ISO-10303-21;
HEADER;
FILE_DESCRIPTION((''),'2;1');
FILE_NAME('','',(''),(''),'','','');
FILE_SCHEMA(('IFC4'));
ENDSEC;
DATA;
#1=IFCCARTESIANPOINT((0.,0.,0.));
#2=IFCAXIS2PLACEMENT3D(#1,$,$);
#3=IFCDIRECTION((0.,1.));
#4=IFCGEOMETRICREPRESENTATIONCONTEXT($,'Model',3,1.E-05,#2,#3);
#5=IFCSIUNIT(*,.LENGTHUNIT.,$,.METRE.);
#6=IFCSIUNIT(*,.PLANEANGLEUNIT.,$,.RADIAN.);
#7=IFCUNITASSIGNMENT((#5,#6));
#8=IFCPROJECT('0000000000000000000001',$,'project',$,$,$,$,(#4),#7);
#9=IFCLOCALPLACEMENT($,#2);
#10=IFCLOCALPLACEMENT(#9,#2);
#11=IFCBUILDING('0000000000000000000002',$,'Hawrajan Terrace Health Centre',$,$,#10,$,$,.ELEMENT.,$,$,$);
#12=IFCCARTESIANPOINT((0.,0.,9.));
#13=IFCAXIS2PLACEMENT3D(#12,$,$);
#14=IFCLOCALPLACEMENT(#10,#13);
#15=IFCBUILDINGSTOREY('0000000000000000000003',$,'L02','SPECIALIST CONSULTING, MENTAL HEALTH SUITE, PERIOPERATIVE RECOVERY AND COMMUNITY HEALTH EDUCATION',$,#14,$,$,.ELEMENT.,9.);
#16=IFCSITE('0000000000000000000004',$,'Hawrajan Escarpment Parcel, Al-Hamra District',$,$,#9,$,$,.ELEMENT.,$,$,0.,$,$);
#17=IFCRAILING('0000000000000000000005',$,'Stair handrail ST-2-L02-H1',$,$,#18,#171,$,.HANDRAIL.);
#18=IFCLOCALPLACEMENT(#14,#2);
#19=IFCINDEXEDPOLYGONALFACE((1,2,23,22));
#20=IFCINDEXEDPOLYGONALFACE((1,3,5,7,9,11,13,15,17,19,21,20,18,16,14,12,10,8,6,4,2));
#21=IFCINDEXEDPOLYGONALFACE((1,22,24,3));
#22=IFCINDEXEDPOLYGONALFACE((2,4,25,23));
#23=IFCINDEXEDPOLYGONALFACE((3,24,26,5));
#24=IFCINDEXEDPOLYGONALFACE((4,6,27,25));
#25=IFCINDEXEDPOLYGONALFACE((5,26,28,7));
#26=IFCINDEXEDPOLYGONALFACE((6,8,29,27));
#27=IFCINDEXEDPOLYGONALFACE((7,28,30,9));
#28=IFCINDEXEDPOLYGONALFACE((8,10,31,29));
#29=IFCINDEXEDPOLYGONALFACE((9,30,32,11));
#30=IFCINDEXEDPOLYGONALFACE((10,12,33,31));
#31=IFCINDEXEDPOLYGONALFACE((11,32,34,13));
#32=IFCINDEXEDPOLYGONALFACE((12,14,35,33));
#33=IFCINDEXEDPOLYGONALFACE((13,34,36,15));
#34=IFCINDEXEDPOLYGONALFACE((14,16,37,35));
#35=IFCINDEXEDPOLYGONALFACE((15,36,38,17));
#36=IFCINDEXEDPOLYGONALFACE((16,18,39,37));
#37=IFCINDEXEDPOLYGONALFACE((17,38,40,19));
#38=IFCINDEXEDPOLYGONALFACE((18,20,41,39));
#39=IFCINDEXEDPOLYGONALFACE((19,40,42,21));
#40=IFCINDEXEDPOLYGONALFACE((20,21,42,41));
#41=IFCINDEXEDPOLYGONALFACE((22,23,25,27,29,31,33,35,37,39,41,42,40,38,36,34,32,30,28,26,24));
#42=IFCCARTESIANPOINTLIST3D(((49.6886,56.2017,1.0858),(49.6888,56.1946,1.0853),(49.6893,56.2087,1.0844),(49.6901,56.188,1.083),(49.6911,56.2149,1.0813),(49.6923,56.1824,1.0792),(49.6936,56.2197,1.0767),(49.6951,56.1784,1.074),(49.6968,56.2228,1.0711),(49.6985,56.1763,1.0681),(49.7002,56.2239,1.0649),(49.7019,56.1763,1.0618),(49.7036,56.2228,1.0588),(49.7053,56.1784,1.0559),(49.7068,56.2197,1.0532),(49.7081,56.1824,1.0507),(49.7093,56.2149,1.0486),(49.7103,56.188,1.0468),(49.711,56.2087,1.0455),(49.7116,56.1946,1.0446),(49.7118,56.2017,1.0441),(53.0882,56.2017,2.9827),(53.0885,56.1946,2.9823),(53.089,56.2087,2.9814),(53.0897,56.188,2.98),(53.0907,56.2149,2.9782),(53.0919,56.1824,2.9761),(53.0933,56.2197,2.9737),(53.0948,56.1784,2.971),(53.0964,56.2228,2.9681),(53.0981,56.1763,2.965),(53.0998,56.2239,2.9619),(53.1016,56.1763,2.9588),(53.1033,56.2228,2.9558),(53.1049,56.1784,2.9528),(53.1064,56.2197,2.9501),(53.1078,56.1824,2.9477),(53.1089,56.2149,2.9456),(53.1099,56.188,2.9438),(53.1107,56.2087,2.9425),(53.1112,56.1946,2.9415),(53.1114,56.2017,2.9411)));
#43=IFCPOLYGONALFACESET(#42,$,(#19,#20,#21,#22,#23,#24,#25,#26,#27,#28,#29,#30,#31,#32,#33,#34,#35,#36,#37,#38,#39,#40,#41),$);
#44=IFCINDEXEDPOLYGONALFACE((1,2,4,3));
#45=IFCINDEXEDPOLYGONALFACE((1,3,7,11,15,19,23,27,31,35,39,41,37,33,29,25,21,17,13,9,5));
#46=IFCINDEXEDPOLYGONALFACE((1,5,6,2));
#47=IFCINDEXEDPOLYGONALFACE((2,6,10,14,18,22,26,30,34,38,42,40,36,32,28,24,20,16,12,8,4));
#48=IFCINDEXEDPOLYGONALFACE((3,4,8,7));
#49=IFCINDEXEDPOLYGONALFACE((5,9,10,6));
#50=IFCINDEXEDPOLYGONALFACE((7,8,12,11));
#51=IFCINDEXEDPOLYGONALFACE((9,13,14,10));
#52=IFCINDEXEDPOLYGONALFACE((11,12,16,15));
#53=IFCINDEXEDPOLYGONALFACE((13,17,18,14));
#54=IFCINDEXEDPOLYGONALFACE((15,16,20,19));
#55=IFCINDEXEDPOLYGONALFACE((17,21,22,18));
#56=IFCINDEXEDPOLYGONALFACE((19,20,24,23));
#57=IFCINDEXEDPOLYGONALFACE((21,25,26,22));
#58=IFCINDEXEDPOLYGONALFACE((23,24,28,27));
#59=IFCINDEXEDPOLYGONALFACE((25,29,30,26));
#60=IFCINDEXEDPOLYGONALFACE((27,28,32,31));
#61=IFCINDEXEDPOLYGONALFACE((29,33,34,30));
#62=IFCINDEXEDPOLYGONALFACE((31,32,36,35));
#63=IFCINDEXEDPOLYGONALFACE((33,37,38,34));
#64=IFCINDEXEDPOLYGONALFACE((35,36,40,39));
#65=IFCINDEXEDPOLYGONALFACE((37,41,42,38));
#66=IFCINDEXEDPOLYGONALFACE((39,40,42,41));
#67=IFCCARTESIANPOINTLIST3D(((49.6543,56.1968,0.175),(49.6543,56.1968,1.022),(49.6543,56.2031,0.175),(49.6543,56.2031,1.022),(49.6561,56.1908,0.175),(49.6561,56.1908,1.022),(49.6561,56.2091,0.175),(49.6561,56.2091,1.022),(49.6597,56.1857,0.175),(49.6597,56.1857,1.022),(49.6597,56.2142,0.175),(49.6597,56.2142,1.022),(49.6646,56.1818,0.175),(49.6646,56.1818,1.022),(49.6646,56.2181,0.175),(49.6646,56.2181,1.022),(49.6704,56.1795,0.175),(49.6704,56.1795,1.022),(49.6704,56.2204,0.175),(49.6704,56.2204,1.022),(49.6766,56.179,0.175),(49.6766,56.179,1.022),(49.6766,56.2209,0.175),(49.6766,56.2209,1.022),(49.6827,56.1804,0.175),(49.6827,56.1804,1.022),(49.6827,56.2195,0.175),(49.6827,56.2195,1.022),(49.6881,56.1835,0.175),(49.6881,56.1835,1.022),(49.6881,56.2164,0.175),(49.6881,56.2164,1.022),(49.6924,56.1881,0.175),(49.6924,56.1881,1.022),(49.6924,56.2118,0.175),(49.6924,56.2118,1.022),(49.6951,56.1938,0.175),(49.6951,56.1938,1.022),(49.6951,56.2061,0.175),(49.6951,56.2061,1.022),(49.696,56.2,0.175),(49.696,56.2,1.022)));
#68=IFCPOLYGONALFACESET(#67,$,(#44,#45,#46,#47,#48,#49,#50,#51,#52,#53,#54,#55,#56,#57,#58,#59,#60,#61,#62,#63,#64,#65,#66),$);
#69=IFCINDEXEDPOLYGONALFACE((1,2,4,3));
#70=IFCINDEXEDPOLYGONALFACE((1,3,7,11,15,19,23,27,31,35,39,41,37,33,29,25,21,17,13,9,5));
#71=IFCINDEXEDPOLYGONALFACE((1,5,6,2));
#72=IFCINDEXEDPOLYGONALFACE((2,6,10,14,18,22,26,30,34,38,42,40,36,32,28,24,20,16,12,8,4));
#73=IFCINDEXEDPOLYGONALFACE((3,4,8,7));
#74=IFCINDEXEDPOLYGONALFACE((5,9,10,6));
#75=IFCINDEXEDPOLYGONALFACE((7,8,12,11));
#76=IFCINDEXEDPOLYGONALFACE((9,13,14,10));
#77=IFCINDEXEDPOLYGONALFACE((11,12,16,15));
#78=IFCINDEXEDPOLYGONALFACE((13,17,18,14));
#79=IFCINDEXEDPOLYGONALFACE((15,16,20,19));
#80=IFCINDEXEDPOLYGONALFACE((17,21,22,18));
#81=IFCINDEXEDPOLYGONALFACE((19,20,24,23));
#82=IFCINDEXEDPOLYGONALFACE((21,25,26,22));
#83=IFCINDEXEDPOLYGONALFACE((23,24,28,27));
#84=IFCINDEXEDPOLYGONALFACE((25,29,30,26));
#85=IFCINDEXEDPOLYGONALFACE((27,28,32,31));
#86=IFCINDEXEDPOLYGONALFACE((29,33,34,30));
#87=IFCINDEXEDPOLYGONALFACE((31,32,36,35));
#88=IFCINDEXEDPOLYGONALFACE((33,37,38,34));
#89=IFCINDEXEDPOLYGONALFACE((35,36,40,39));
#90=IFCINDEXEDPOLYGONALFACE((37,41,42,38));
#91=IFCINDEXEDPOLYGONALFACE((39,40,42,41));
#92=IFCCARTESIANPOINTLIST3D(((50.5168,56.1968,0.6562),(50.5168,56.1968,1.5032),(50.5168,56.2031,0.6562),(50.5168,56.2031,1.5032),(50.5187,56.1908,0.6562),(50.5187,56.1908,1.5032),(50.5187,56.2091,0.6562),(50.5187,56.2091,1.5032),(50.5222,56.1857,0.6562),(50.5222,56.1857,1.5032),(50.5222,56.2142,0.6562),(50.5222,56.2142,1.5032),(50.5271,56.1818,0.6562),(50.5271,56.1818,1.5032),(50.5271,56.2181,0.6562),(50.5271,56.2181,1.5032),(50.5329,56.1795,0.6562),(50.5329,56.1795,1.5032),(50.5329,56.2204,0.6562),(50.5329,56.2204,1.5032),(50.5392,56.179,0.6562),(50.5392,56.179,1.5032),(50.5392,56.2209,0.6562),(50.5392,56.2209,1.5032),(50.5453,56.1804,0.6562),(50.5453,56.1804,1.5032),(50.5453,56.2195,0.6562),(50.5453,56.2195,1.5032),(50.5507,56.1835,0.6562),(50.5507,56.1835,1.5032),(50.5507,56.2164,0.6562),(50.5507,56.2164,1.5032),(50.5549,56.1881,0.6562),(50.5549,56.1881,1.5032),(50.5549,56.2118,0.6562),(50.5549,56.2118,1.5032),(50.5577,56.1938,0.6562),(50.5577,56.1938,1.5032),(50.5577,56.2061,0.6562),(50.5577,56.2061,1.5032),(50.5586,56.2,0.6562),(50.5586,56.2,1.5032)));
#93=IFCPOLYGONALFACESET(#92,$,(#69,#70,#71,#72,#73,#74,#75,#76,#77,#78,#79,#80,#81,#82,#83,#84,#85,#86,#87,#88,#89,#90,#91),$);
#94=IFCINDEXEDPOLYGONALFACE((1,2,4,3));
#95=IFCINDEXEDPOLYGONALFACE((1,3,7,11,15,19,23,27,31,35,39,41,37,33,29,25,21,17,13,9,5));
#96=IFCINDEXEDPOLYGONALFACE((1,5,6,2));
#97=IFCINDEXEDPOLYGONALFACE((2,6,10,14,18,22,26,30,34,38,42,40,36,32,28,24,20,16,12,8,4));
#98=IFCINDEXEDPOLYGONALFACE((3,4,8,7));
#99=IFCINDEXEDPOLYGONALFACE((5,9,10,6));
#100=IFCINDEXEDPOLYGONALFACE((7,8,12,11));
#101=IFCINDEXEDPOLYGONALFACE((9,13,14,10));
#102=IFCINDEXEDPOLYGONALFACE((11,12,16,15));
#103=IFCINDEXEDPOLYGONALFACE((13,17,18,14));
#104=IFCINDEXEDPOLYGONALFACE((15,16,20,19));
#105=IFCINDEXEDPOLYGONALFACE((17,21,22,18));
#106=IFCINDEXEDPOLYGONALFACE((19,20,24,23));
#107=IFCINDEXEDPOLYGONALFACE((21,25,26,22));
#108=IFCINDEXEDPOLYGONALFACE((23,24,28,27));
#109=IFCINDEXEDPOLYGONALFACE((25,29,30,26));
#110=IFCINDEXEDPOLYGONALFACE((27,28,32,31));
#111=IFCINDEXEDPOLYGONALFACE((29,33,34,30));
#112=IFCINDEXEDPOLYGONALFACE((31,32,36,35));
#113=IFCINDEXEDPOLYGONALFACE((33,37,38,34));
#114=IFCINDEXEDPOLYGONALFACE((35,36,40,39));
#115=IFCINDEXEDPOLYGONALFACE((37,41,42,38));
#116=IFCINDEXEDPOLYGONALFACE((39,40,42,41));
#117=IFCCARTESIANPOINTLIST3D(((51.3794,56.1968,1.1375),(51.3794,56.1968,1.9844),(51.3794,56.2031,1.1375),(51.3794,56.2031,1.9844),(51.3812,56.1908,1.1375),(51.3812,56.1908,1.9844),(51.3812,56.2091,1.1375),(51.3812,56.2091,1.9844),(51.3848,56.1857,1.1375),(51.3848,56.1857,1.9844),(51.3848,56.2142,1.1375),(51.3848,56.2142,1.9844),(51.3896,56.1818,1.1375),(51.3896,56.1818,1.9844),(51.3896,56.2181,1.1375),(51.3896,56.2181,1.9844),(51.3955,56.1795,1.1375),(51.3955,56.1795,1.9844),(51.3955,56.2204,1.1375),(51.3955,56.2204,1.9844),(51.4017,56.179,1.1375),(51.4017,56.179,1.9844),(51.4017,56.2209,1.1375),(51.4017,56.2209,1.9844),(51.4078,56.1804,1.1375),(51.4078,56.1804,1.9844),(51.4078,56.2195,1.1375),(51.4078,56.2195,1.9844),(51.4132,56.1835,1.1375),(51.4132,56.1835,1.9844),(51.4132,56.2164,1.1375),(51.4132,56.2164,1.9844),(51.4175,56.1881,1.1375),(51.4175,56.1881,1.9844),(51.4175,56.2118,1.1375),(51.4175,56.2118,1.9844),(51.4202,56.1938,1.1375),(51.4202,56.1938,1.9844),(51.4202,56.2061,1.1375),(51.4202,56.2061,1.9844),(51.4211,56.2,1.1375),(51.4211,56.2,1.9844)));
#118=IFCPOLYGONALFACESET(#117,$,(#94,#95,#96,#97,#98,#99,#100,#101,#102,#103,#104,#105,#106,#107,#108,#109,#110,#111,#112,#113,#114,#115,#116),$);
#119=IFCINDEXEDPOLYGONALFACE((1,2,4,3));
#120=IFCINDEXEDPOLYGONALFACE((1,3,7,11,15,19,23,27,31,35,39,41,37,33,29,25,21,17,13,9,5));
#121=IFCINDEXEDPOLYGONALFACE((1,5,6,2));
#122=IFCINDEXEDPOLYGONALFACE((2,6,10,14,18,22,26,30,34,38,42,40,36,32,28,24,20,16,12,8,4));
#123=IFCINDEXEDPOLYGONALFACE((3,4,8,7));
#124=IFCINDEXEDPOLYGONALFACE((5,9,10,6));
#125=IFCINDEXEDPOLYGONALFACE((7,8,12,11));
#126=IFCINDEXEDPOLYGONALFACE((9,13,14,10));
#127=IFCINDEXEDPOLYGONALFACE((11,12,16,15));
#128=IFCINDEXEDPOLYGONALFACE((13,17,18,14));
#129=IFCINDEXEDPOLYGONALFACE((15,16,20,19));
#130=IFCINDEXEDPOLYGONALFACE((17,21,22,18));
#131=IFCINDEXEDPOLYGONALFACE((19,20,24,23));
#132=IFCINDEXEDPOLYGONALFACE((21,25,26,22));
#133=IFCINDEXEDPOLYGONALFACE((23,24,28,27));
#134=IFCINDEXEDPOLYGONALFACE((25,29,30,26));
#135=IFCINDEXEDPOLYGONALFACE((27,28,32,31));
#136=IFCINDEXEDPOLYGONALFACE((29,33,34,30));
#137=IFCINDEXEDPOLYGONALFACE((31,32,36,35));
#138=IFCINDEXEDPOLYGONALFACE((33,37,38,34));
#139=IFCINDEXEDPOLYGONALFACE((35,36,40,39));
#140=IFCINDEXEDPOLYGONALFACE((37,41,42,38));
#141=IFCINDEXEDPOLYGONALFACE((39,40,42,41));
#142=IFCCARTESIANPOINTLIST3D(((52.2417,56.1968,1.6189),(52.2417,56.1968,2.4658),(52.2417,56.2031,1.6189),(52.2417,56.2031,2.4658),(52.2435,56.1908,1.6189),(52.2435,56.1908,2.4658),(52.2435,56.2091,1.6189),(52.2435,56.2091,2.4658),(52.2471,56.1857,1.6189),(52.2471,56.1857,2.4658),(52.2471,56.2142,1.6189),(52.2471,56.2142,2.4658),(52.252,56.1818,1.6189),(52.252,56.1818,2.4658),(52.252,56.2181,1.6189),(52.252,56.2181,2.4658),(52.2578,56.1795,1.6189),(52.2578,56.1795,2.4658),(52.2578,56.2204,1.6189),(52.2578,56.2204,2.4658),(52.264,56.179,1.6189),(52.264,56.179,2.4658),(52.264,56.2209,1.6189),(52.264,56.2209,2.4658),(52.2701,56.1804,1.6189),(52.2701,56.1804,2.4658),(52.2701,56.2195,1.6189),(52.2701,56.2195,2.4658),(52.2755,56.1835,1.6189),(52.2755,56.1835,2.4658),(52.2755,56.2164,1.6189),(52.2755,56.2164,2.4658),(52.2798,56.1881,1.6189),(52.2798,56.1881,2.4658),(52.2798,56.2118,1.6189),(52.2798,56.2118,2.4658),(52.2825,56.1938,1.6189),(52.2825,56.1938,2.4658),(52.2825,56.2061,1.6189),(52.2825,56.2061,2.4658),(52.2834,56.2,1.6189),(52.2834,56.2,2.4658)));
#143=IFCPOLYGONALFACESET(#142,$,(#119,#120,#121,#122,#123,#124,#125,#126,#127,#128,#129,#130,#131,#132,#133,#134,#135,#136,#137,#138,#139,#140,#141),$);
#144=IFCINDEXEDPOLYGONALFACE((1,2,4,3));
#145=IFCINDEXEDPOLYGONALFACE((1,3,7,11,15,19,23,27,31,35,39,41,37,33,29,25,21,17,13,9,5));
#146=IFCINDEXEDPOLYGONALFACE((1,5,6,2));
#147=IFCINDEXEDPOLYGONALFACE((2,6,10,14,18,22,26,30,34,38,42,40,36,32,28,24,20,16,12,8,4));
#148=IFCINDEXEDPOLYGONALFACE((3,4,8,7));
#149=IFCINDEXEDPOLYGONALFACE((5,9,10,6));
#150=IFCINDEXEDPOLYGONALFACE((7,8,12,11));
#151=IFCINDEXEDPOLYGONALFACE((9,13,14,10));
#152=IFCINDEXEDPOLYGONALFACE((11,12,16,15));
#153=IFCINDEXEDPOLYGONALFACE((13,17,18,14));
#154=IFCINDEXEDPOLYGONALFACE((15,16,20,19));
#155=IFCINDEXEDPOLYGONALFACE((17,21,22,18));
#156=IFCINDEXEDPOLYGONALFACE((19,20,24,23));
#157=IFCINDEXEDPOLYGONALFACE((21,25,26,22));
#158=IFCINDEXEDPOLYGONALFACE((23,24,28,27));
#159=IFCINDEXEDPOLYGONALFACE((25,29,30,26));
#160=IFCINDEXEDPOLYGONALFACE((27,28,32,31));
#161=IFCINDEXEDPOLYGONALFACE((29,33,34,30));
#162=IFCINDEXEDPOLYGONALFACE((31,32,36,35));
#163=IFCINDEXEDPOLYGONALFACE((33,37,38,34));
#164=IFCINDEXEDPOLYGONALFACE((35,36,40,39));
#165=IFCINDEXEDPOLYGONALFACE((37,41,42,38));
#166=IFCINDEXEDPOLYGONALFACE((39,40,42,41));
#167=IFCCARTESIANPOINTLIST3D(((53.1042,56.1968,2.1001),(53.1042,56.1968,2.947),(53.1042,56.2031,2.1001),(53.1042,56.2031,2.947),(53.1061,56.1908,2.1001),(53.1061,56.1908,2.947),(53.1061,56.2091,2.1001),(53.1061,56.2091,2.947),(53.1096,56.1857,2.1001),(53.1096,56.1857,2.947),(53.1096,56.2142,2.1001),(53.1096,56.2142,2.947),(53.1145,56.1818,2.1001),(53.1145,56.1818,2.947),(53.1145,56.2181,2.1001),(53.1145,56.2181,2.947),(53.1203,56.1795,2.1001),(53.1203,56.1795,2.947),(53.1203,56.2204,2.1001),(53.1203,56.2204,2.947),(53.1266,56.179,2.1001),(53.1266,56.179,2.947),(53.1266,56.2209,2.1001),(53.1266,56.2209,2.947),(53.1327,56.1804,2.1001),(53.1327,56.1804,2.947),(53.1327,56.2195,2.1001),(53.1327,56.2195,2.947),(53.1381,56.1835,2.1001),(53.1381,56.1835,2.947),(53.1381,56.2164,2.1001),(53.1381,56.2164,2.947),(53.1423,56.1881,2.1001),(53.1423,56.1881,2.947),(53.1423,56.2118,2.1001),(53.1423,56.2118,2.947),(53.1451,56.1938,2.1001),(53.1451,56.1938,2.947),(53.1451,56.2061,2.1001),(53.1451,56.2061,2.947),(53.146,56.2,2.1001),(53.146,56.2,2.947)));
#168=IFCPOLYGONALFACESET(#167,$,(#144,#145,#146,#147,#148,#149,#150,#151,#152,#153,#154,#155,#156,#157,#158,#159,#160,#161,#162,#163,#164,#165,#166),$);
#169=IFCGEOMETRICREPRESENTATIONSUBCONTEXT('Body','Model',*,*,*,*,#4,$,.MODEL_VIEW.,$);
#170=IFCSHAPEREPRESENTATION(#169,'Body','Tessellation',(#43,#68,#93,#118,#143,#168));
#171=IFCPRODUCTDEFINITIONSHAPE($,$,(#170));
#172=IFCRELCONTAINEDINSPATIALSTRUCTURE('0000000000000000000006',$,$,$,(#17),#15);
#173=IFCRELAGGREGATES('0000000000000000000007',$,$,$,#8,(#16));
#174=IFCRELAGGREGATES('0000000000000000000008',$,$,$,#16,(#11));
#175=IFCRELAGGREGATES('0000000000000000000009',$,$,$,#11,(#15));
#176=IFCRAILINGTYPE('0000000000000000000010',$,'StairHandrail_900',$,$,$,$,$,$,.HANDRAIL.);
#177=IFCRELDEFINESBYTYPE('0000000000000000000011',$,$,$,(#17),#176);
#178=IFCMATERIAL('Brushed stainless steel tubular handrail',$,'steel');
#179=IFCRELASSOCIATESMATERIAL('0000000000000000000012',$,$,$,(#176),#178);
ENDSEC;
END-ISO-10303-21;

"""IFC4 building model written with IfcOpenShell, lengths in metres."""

from ifc_helpers import new_model, si_unit, direction, frame, origin, origin_2d, place, context, subcontext, project, spatial, circle, extrude, material, type_object, element, save


model = new_model("IFC4")

# Units and contexts
model_context = context("Model", 3, precision=1e-05, world=origin(), true_north=direction((0.0, 1.0)))
body_context = subcontext(model_context, "Body", "Model", "MODEL_VIEW")
ifc_project = project(units=[si_unit("LENGTHUNIT", "METRE"), si_unit("PLANEANGLEUNIT", "RADIAN")], contexts=[model_context])

# Site, building, storey
site_placement = place(None, origin())
site = spatial("IfcSite", under=ifc_project, at=site_placement, Name="Hawrajan Escarpment Parcel, Al-Hamra District", CompositionType="ELEMENT", RefElevation=0.0)
building_placement = place(site_placement, origin())
building = spatial("IfcBuilding", under=site, at=building_placement, Name="Hawrajan Terrace Health Centre", CompositionType="ELEMENT")
storey_placement = place(building_placement, frame((0.0, 0.0, 9.0)))
storey = spatial("IfcBuildingStorey", under=building, at=storey_placement, Name="L02", Description="SPECIALIST CONSULTING, MENTAL HEALTH SUITE, PERIOPERATIVE RECOVERY AND COMMUNITY HEALTH EDUCATION", CompositionType="ELEMENT", Elevation=9.0)

# Railing
ifc_material_1 = material(Name="Brushed stainless steel tubular handrail", Category="steel")
railing_type_1 = type_object("IfcRailingType", Name="StairHandrail_900", PredefinedType="HANDRAIL", material=ifc_material_1)
railing_1_placement = place(storey_placement, frame((49.675, 56.2, 0.175)))
element("IfcRailing", 1, at=railing_1_placement, inside=storey, type_object=railing_type_1, Name="Stair handrail ST-2-L02-H1", PredefinedType="HANDRAIL", context=body_context, shape_type="SweptSolid", body=[
    extrude(circle(Radius=0.0239, at=origin_2d()), frame((0.0251, 0.0, 0.8899), z_axis=(0.873252, 0.0, 0.487269), x_axis=(0.0, 1.0, 0.0)), (0.0, 0.0, 1.0), 3.8931),
    extrude(circle(Radius=0.021, at=origin_2d()), origin(), (0.0, 0.0, 1.0), 0.8469),
    extrude(circle(Radius=0.021, at=origin_2d()), frame((0.8625, 0.0, 0.4812)), (0.0, 0.0, 1.0), 0.8469),
    extrude(circle(Radius=0.021, at=origin_2d()), frame((1.7251, 0.0, 0.9624)), (0.0, 0.0, 1.0), 0.8469),
    extrude(circle(Radius=0.021, at=origin_2d()), frame((2.5874, 0.0, 1.4438)), (0.0, 0.0, 1.0), 0.8469),
    extrude(circle(Radius=0.021, at=origin_2d()), frame((3.45, 0.0, 1.925)), (0.0, 0.0, 1.0), 0.8469),
])

save(model, "model.ifc")
